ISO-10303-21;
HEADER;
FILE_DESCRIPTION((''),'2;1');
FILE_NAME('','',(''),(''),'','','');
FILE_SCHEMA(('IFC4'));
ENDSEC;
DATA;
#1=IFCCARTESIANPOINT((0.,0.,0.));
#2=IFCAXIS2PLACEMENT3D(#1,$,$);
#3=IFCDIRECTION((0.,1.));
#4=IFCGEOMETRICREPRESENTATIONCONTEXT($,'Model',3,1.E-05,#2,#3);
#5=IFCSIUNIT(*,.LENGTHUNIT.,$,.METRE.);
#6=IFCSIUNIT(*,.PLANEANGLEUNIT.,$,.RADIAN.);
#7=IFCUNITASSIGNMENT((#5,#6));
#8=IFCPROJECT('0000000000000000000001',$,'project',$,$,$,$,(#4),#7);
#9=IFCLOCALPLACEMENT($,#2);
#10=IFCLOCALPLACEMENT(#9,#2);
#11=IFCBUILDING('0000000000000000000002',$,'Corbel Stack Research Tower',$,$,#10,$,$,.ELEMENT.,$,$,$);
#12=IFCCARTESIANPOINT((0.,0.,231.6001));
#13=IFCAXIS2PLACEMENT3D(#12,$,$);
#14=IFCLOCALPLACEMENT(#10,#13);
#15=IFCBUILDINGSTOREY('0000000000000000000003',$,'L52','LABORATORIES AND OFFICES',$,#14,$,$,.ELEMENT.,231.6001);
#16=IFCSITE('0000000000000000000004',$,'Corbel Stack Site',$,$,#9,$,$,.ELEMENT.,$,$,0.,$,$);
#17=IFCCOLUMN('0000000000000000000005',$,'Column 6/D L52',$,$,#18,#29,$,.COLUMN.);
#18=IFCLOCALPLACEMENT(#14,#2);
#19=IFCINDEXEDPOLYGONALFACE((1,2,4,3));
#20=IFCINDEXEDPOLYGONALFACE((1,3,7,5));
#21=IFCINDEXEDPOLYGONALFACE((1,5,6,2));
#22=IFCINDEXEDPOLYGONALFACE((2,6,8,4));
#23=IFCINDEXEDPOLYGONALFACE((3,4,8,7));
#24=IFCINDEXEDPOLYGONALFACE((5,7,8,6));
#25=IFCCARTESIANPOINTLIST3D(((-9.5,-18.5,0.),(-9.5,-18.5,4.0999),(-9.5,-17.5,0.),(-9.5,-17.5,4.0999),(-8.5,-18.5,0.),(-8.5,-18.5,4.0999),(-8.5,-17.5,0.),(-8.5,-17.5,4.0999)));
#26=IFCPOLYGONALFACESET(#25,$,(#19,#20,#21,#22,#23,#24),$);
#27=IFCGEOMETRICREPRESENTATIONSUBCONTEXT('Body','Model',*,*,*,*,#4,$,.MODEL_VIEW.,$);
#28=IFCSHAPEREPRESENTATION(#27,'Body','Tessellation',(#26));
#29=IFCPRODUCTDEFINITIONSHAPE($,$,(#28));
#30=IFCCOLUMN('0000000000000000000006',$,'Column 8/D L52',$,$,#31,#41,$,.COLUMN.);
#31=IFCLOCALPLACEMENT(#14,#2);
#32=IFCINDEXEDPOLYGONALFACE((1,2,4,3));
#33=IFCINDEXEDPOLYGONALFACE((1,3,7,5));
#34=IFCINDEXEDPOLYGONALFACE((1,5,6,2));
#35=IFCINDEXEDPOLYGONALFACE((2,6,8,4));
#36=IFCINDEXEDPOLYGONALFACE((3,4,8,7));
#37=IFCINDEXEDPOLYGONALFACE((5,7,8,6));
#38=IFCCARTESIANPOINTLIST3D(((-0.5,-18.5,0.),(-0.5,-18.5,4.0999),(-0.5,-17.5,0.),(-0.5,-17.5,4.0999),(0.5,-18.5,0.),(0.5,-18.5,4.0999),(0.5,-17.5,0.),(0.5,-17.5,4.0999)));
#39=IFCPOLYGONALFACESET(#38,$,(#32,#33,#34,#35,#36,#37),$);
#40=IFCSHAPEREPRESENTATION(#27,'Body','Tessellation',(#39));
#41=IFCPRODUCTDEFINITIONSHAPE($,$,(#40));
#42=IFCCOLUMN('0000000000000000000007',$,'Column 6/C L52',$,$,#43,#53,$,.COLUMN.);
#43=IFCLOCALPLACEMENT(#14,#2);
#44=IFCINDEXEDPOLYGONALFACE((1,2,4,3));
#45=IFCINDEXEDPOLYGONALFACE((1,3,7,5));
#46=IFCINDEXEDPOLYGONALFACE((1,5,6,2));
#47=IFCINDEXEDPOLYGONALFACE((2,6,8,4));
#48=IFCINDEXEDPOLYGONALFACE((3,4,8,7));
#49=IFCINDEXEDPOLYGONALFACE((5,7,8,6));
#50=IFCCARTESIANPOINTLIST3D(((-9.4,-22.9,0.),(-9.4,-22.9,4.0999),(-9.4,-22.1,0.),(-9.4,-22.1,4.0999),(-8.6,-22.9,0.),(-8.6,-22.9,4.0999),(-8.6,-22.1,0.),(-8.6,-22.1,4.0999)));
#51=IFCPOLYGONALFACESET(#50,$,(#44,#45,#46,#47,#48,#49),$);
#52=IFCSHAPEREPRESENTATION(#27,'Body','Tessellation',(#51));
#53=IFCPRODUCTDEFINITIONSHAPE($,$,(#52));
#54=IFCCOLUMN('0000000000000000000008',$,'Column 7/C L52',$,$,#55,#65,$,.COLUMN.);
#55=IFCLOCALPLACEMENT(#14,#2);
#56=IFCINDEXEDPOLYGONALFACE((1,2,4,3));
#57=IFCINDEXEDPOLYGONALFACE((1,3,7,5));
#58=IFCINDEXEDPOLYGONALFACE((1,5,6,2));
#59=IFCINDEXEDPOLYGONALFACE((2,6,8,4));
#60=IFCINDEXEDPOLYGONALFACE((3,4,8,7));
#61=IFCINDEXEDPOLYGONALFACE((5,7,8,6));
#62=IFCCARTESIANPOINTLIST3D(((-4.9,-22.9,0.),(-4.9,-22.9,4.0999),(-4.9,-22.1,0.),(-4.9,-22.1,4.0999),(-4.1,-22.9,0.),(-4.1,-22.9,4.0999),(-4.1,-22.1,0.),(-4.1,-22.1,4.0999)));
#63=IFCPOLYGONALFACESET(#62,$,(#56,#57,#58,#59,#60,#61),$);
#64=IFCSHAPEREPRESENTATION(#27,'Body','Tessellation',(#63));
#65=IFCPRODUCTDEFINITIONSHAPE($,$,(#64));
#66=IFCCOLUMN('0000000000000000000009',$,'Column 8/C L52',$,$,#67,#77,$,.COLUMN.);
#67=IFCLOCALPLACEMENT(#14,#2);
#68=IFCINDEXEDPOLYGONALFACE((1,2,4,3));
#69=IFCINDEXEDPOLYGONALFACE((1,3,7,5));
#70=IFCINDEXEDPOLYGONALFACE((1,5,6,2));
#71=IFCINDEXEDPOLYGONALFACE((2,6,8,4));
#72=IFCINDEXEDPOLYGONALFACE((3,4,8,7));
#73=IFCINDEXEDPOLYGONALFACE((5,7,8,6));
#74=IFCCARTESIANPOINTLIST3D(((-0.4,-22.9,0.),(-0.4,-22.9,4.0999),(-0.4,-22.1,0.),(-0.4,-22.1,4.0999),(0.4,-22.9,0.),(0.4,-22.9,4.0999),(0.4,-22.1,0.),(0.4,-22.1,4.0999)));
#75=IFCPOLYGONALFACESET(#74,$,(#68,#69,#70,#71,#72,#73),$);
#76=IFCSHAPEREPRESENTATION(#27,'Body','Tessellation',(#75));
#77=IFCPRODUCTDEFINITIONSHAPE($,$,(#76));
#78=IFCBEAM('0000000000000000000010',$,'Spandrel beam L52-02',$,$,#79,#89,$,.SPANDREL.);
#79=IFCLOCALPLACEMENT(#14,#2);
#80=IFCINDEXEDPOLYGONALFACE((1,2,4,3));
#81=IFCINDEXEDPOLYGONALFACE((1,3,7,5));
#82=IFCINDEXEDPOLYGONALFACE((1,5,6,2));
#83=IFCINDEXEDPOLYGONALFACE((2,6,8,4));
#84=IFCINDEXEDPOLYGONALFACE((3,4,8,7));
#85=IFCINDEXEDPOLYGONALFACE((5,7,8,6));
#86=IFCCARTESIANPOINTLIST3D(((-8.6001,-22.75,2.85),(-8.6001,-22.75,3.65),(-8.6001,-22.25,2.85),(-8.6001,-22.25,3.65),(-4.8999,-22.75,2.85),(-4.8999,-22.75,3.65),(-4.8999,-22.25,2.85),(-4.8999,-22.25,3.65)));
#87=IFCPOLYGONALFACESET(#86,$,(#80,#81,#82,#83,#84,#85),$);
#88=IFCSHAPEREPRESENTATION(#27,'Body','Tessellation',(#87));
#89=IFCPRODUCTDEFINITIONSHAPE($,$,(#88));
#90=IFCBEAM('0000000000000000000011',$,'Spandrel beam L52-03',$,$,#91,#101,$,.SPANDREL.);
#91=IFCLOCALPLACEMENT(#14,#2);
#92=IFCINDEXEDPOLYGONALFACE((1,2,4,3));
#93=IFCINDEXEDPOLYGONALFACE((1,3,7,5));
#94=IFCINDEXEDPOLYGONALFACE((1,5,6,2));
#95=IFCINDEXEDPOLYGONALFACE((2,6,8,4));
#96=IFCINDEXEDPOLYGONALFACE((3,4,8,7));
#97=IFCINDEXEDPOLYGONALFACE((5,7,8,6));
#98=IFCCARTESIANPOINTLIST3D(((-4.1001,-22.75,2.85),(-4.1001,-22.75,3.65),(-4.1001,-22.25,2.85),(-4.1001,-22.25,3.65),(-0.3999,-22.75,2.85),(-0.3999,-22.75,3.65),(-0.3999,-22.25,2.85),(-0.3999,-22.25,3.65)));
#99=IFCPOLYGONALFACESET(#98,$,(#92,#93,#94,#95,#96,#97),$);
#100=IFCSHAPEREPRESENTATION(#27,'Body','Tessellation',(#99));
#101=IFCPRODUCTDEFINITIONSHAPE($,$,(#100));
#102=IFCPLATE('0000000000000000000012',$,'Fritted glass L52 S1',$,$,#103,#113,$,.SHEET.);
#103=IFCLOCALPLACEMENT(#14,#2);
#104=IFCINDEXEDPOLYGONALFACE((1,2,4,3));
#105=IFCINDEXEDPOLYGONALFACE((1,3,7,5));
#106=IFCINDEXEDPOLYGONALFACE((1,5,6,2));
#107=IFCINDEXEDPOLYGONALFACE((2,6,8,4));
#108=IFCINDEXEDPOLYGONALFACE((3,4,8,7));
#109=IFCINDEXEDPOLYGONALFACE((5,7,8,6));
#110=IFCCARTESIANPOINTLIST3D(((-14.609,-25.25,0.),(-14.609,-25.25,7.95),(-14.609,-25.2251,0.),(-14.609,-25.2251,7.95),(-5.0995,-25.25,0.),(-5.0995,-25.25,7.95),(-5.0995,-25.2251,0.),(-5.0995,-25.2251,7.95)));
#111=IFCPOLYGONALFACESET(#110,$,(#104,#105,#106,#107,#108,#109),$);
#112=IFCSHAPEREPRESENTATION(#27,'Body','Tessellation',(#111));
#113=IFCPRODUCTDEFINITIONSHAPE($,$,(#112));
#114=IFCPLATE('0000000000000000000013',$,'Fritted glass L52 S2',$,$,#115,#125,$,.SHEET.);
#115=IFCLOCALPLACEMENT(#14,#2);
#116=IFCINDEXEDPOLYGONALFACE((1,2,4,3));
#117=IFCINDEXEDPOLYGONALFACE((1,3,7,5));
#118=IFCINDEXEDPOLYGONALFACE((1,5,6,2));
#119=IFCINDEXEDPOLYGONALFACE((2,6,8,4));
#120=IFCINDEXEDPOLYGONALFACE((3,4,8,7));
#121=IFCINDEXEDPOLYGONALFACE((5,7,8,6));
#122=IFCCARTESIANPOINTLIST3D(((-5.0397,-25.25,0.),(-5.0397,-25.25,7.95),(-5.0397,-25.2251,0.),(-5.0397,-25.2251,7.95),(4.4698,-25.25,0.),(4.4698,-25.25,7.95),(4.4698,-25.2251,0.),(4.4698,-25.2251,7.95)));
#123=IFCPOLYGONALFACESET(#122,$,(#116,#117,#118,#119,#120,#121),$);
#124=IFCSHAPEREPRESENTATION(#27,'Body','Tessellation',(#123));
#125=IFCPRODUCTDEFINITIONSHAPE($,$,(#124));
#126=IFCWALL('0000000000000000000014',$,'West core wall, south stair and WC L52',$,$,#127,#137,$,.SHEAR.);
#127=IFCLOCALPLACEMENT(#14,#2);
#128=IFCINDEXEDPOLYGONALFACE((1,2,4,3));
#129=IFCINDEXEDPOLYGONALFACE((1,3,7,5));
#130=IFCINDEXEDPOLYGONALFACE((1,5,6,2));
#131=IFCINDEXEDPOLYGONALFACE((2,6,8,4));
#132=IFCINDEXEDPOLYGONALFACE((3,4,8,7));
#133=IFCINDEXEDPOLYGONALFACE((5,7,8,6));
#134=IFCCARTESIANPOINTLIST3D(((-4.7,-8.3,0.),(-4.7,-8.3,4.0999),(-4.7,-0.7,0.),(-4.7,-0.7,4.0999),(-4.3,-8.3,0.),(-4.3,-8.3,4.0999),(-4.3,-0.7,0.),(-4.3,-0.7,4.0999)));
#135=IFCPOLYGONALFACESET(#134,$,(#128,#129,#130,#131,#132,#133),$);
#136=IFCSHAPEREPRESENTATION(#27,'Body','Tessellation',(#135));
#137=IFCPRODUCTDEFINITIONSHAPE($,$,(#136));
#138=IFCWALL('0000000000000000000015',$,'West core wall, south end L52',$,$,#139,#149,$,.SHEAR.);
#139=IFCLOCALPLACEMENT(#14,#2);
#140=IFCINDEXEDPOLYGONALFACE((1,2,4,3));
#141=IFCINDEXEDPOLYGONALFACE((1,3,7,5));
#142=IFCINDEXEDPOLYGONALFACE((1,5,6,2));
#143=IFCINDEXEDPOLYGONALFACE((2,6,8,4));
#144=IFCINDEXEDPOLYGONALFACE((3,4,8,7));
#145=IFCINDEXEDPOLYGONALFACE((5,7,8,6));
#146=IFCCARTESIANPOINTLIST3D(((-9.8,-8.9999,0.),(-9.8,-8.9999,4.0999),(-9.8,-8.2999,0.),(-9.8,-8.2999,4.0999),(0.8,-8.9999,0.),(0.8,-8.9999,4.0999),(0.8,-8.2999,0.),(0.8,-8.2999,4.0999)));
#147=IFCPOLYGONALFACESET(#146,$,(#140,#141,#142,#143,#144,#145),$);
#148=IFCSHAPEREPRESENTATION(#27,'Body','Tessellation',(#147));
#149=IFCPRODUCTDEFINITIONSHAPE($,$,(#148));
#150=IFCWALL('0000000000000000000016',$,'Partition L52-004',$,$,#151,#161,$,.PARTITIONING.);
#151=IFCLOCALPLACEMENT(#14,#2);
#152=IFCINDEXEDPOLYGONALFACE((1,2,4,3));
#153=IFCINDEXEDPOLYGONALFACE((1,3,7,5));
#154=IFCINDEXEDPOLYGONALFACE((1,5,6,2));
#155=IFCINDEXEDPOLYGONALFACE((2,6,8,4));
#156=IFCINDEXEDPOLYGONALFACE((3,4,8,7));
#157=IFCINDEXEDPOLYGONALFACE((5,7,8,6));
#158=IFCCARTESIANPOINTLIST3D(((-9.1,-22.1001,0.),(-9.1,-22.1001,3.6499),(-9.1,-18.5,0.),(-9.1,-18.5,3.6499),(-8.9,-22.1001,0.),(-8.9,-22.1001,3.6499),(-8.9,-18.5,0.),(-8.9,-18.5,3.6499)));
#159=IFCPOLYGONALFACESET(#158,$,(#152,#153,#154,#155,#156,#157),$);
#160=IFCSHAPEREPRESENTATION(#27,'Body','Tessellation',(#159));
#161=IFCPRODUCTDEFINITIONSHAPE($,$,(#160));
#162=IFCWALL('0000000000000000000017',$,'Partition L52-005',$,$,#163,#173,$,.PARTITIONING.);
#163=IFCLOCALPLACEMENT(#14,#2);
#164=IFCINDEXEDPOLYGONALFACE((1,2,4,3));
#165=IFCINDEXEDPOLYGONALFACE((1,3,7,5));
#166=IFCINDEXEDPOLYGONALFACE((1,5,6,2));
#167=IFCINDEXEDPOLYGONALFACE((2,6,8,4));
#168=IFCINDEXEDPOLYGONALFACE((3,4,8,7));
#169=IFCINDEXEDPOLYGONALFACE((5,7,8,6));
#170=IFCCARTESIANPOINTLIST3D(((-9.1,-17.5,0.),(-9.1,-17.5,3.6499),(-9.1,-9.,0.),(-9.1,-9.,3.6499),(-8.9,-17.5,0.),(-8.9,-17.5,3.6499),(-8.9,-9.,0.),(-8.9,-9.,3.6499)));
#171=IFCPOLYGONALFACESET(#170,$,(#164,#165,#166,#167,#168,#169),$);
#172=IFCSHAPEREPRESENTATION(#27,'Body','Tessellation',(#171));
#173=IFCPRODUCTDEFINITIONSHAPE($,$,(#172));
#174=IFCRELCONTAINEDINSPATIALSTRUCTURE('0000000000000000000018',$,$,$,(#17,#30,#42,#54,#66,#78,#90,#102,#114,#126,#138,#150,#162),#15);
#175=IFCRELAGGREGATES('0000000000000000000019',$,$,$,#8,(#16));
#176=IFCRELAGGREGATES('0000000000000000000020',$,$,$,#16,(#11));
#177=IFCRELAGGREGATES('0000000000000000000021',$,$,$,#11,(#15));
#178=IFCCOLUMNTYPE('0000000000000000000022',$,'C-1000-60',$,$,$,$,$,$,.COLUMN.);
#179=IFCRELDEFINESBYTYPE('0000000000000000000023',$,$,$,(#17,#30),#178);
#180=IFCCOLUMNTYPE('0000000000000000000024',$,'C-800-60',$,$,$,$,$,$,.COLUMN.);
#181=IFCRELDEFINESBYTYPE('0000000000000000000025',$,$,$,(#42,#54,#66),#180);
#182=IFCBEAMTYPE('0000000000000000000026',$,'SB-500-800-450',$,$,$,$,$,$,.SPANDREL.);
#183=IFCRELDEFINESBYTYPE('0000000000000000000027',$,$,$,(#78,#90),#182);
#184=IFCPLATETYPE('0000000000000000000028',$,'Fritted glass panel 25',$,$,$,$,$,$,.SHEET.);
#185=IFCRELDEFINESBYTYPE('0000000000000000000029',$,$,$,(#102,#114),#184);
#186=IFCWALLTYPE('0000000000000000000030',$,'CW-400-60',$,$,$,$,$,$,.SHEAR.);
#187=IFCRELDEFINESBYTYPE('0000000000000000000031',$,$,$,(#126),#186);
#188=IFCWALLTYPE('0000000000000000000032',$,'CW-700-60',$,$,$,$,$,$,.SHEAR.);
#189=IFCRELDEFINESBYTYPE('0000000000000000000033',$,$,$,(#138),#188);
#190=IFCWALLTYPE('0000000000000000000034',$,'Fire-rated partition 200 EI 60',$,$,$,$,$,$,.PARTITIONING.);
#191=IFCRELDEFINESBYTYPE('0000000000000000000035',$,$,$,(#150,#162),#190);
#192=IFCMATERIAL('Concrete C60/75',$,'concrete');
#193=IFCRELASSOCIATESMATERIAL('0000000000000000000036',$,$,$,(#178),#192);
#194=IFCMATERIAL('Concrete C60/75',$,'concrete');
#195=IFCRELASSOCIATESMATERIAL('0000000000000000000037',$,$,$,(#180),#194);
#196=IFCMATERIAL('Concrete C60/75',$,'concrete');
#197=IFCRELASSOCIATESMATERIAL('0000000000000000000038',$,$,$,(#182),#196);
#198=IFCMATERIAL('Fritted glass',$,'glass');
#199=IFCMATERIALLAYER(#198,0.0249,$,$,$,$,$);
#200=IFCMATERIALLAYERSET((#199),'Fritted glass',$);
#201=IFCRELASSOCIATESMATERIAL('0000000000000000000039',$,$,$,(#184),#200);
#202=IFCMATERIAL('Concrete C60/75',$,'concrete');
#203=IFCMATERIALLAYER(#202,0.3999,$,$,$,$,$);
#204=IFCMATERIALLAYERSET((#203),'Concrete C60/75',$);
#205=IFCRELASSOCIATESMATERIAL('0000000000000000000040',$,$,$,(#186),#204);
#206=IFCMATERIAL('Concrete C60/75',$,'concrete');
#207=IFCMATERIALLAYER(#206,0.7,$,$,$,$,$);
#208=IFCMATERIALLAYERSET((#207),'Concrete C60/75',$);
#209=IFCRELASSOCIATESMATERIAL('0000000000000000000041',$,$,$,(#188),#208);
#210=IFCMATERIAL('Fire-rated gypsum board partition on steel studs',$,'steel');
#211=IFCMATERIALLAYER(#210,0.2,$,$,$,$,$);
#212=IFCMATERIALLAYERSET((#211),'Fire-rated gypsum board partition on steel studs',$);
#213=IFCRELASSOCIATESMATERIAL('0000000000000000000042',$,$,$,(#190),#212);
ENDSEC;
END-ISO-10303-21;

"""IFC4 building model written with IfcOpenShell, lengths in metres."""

from ifc_helpers import new_model, si_unit, direction, frame, frame_2d, origin, origin_2d, place, context, subcontext, project, spatial, rectangle, extrude, material, layer, layer_set, material_profile, profile_set, type_object, element, save


model = new_model("IFC4")

# Units and contexts
model_context = context("Model", 3, precision=1e-05, world=origin(), true_north=direction((0.0, 1.0)))
body_context = subcontext(model_context, "Body", "Model", "MODEL_VIEW")
ifc_project = project(units=[si_unit("LENGTHUNIT", "METRE"), si_unit("PLANEANGLEUNIT", "RADIAN")], contexts=[model_context])

# Site, building, storey
site_placement = place(None, origin())
site = spatial("IfcSite", under=ifc_project, at=site_placement, Name="Corbel Stack Site", CompositionType="ELEMENT", RefElevation=0.0)
building_placement = place(site_placement, origin())
building = spatial("IfcBuilding", under=site, at=building_placement, Name="Corbel Stack Research Tower", CompositionType="ELEMENT")
storey_placement = place(building_placement, frame((0.0, 0.0, 231.6001)))
storey = spatial("IfcBuildingStorey", under=building, at=storey_placement, Name="L52", Description="LABORATORIES AND OFFICES", CompositionType="ELEMENT", Elevation=231.6001)

# Columns
ifc_material_1 = material(Name="Concrete C60/75", Category="concrete")
ifc_material_profile_1 = material_profile(ifc_material_1, rectangle(XDim=1.0, YDim=1.0, at=origin_2d()), Name="RC 1000 x 1000")
ifc_profile_set_1 = profile_set([ifc_material_profile_1], Name="Concrete C60/75")
column_type_1 = type_object("IfcColumnType", Name="C-1000-60", PredefinedType="COLUMN", material=ifc_profile_set_1)
for number, where, z_axis, x_axis, name in (
    (1, (-9.0, -18.0, 0.0), (0.0, 0.0, 1.0), (1.0, 0.0, 0.0), "Column 6/D L52"),
    (2, (0.0, -18.0, 0.0), (0.0, 0.0, 1.0), (1.0, 0.0, 0.0), "Column 8/D L52"),
):
    element("IfcColumn", number, at=place(storey_placement, frame(where, z_axis=z_axis, x_axis=x_axis)), inside=storey, type_object=column_type_1, Name=name, PredefinedType="COLUMN", context=body_context, shape_type="SweptSolid", body=[
        extrude(rectangle(XDim=1.0, YDim=1.0, at=origin_2d()), origin(), (0.0, 0.0, 1.0), 4.0999),
    ])
ifc_material_2 = material(Name="Concrete C60/75", Category="concrete")
ifc_material_profile_2 = material_profile(ifc_material_2, rectangle(XDim=0.8, YDim=0.8, at=origin_2d()), Name="RC 800 x 800")
ifc_profile_set_2 = profile_set([ifc_material_profile_2], Name="Concrete C60/75")
column_type_2 = type_object("IfcColumnType", Name="C-800-60", PredefinedType="COLUMN", material=ifc_profile_set_2)
for number, where, z_axis, x_axis, name in (
    (3, (-9.0, -22.5, 0.0), (0.0, 0.0, 1.0), (1.0, 0.0, 0.0), "Column 6/C L52"),
    (4, (-4.5, -22.5, 0.0), (0.0, 0.0, 1.0), (1.0, 0.0, 0.0), "Column 7/C L52"),
    (5, (0.0, -22.5, 0.0), (0.0, 0.0, 1.0), (1.0, 0.0, 0.0), "Column 8/C L52"),
):
    element("IfcColumn", number, at=place(storey_placement, frame(where, z_axis=z_axis, x_axis=x_axis)), inside=storey, type_object=column_type_2, Name=name, PredefinedType="COLUMN", context=body_context, shape_type="SweptSolid", body=[
        extrude(rectangle(XDim=0.8, YDim=0.8, at=origin_2d()), origin(), (0.0, 0.0, 1.0), 4.0999),
    ])

# Beams
ifc_material_3 = material(Name="Concrete C60/75", Category="concrete")
ifc_material_profile_3 = material_profile(ifc_material_3, rectangle(XDim=0.5, YDim=0.8, at=origin_2d()), Name="RC 500 x 800")
ifc_profile_set_3 = profile_set([ifc_material_profile_3], Name="Concrete C60/75")
beam_type = type_object("IfcBeamType", Name="SB-500-800-450", PredefinedType="SPANDREL", material=ifc_profile_set_3)
for number, where, z_axis, x_axis, name in (
    (6, (-8.6001, -22.5, 3.25), (1.0, 0.0, 0.0), (0.0, 1.0, 0.0), "Spandrel beam L52-02"),
    (7, (-4.1001, -22.5, 3.25), (1.0, 0.0, 0.0), (0.0, 1.0, 0.0), "Spandrel beam L52-03"),
):
    element("IfcBeam", number, at=place(storey_placement, frame(where, z_axis=z_axis, x_axis=x_axis)), inside=storey, type_object=beam_type, Name=name, PredefinedType="SPANDREL", context=body_context, shape_type="SweptSolid", body=[
        extrude(rectangle(XDim=0.5, YDim=0.8, at=origin_2d()), origin(), (0.0, 0.0, 1.0), 3.7002),
    ])

# Plates
ifc_material_4 = material(Name="Fritted glass", Category="glass")
ifc_layer_1 = layer(ifc_material_4, 0.0249)
ifc_layer_set_1 = layer_set([ifc_layer_1], Name="Fritted glass")
plate_type = type_object("IfcPlateType", Name="Fritted glass panel 25", PredefinedType="SHEET", material=ifc_layer_set_1)
for number, where, z_axis, x_axis, name in (
    (8, (-9.8542, -25.2375, 0.0), (0.0, 0.0, 1.0), (1.0, 0.0, 0.0), "Fritted glass L52 S1"),
    (9, (-0.2849, -25.2375, 0.0), (0.0, 0.0, 1.0), (1.0, 0.0, 0.0), "Fritted glass L52 S2"),
):
    element("IfcPlate", number, at=place(storey_placement, frame(where, z_axis=z_axis, x_axis=x_axis)), inside=storey, type_object=plate_type, Name=name, PredefinedType="SHEET", context=body_context, shape_type="SweptSolid", body=[
        extrude(rectangle(XDim=9.5095, YDim=0.0249, at=origin_2d()), origin(), (0.0, 0.0, 1.0), 7.95),
    ])

# Wall
ifc_material_5 = material(Name="Concrete C60/75", Category="concrete")
ifc_layer_2 = layer(ifc_material_5, 0.3999)
ifc_layer_set_2 = layer_set([ifc_layer_2], Name="Concrete C60/75")
wall_type_1 = type_object("IfcWallType", Name="CW-400-60", PredefinedType="SHEAR", material=ifc_layer_set_2)
wall_1_placement = place(storey_placement, frame((-4.5, -8.3, 0.0), z_axis=(0.0, 0.0, 1.0), x_axis=(0.0, 1.0, 0.0)))
element("IfcWall", 10, at=wall_1_placement, inside=storey, type_object=wall_type_1, Name="West core wall, south stair and WC L52", PredefinedType="SHEAR", context=body_context, shape_type="SweptSolid", body=[
    extrude(rectangle(XDim=7.6001, YDim=0.3999, at=frame_2d((3.8, 0.0))), origin(), (0.0, 0.0, 1.0), 4.0999),
])

# Shared definitions
ifc_material_6 = material(Name="Concrete C60/75", Category="concrete")
ifc_layer_3 = layer(ifc_material_6, 0.7)
ifc_layer_set_3 = layer_set([ifc_layer_3], Name="Concrete C60/75")
wall_type_2 = type_object("IfcWallType", Name="CW-700-60", PredefinedType="SHEAR", material=ifc_layer_set_3)

# Walls
wall_2_placement = place(storey_placement, frame((-9.8, -8.6499, 0.0), z_axis=(0.0, 0.0, 1.0), x_axis=(1.0, 0.0, 0.0)))
element("IfcWall", 11, at=wall_2_placement, inside=storey, type_object=wall_type_2, Name="West core wall, south end L52", PredefinedType="SHEAR", context=body_context, shape_type="SweptSolid", body=[
    extrude(rectangle(XDim=10.6001, YDim=0.7, at=frame_2d((5.3, 0.0))), origin(), (0.0, 0.0, 1.0), 4.0999),
])
ifc_material_7 = material(Name="Fire-rated gypsum board partition on steel studs", Category="steel")
ifc_layer_4 = layer(ifc_material_7, 0.2)
ifc_layer_set_4 = layer_set([ifc_layer_4], Name="Fire-rated gypsum board partition on steel studs")
wall_type_3 = type_object("IfcWallType", Name="Fire-rated partition 200 EI 60", PredefinedType="PARTITIONING", material=ifc_layer_set_4)
wall_3_placement = place(storey_placement, frame((-9.0, -22.1001, 0.0), z_axis=(0.0, 0.0, 1.0), x_axis=(0.0, 1.0, 0.0)))
element("IfcWall", 12, at=wall_3_placement, inside=storey, type_object=wall_type_3, Name="Partition L52-004", PredefinedType="PARTITIONING", context=body_context, shape_type="SweptSolid", body=[
    extrude(rectangle(XDim=3.6001, YDim=0.2, at=frame_2d((1.8, 0.0))), origin(), (0.0, 0.0, 1.0), 3.6499),
])
wall_4_placement = place(storey_placement, frame((-9.0, -17.5, 0.0), z_axis=(0.0, 0.0, 1.0), x_axis=(0.0, 1.0, 0.0)))
element("IfcWall", 13, at=wall_4_placement, inside=storey, type_object=wall_type_3, Name="Partition L52-005", PredefinedType="PARTITIONING", context=body_context, shape_type="SweptSolid", body=[
    extrude(rectangle(XDim=8.5, YDim=0.2, at=frame_2d((4.25, 0.0))), origin(), (0.0, 0.0, 1.0), 3.6499),
])

save(model, "model.ifc")
